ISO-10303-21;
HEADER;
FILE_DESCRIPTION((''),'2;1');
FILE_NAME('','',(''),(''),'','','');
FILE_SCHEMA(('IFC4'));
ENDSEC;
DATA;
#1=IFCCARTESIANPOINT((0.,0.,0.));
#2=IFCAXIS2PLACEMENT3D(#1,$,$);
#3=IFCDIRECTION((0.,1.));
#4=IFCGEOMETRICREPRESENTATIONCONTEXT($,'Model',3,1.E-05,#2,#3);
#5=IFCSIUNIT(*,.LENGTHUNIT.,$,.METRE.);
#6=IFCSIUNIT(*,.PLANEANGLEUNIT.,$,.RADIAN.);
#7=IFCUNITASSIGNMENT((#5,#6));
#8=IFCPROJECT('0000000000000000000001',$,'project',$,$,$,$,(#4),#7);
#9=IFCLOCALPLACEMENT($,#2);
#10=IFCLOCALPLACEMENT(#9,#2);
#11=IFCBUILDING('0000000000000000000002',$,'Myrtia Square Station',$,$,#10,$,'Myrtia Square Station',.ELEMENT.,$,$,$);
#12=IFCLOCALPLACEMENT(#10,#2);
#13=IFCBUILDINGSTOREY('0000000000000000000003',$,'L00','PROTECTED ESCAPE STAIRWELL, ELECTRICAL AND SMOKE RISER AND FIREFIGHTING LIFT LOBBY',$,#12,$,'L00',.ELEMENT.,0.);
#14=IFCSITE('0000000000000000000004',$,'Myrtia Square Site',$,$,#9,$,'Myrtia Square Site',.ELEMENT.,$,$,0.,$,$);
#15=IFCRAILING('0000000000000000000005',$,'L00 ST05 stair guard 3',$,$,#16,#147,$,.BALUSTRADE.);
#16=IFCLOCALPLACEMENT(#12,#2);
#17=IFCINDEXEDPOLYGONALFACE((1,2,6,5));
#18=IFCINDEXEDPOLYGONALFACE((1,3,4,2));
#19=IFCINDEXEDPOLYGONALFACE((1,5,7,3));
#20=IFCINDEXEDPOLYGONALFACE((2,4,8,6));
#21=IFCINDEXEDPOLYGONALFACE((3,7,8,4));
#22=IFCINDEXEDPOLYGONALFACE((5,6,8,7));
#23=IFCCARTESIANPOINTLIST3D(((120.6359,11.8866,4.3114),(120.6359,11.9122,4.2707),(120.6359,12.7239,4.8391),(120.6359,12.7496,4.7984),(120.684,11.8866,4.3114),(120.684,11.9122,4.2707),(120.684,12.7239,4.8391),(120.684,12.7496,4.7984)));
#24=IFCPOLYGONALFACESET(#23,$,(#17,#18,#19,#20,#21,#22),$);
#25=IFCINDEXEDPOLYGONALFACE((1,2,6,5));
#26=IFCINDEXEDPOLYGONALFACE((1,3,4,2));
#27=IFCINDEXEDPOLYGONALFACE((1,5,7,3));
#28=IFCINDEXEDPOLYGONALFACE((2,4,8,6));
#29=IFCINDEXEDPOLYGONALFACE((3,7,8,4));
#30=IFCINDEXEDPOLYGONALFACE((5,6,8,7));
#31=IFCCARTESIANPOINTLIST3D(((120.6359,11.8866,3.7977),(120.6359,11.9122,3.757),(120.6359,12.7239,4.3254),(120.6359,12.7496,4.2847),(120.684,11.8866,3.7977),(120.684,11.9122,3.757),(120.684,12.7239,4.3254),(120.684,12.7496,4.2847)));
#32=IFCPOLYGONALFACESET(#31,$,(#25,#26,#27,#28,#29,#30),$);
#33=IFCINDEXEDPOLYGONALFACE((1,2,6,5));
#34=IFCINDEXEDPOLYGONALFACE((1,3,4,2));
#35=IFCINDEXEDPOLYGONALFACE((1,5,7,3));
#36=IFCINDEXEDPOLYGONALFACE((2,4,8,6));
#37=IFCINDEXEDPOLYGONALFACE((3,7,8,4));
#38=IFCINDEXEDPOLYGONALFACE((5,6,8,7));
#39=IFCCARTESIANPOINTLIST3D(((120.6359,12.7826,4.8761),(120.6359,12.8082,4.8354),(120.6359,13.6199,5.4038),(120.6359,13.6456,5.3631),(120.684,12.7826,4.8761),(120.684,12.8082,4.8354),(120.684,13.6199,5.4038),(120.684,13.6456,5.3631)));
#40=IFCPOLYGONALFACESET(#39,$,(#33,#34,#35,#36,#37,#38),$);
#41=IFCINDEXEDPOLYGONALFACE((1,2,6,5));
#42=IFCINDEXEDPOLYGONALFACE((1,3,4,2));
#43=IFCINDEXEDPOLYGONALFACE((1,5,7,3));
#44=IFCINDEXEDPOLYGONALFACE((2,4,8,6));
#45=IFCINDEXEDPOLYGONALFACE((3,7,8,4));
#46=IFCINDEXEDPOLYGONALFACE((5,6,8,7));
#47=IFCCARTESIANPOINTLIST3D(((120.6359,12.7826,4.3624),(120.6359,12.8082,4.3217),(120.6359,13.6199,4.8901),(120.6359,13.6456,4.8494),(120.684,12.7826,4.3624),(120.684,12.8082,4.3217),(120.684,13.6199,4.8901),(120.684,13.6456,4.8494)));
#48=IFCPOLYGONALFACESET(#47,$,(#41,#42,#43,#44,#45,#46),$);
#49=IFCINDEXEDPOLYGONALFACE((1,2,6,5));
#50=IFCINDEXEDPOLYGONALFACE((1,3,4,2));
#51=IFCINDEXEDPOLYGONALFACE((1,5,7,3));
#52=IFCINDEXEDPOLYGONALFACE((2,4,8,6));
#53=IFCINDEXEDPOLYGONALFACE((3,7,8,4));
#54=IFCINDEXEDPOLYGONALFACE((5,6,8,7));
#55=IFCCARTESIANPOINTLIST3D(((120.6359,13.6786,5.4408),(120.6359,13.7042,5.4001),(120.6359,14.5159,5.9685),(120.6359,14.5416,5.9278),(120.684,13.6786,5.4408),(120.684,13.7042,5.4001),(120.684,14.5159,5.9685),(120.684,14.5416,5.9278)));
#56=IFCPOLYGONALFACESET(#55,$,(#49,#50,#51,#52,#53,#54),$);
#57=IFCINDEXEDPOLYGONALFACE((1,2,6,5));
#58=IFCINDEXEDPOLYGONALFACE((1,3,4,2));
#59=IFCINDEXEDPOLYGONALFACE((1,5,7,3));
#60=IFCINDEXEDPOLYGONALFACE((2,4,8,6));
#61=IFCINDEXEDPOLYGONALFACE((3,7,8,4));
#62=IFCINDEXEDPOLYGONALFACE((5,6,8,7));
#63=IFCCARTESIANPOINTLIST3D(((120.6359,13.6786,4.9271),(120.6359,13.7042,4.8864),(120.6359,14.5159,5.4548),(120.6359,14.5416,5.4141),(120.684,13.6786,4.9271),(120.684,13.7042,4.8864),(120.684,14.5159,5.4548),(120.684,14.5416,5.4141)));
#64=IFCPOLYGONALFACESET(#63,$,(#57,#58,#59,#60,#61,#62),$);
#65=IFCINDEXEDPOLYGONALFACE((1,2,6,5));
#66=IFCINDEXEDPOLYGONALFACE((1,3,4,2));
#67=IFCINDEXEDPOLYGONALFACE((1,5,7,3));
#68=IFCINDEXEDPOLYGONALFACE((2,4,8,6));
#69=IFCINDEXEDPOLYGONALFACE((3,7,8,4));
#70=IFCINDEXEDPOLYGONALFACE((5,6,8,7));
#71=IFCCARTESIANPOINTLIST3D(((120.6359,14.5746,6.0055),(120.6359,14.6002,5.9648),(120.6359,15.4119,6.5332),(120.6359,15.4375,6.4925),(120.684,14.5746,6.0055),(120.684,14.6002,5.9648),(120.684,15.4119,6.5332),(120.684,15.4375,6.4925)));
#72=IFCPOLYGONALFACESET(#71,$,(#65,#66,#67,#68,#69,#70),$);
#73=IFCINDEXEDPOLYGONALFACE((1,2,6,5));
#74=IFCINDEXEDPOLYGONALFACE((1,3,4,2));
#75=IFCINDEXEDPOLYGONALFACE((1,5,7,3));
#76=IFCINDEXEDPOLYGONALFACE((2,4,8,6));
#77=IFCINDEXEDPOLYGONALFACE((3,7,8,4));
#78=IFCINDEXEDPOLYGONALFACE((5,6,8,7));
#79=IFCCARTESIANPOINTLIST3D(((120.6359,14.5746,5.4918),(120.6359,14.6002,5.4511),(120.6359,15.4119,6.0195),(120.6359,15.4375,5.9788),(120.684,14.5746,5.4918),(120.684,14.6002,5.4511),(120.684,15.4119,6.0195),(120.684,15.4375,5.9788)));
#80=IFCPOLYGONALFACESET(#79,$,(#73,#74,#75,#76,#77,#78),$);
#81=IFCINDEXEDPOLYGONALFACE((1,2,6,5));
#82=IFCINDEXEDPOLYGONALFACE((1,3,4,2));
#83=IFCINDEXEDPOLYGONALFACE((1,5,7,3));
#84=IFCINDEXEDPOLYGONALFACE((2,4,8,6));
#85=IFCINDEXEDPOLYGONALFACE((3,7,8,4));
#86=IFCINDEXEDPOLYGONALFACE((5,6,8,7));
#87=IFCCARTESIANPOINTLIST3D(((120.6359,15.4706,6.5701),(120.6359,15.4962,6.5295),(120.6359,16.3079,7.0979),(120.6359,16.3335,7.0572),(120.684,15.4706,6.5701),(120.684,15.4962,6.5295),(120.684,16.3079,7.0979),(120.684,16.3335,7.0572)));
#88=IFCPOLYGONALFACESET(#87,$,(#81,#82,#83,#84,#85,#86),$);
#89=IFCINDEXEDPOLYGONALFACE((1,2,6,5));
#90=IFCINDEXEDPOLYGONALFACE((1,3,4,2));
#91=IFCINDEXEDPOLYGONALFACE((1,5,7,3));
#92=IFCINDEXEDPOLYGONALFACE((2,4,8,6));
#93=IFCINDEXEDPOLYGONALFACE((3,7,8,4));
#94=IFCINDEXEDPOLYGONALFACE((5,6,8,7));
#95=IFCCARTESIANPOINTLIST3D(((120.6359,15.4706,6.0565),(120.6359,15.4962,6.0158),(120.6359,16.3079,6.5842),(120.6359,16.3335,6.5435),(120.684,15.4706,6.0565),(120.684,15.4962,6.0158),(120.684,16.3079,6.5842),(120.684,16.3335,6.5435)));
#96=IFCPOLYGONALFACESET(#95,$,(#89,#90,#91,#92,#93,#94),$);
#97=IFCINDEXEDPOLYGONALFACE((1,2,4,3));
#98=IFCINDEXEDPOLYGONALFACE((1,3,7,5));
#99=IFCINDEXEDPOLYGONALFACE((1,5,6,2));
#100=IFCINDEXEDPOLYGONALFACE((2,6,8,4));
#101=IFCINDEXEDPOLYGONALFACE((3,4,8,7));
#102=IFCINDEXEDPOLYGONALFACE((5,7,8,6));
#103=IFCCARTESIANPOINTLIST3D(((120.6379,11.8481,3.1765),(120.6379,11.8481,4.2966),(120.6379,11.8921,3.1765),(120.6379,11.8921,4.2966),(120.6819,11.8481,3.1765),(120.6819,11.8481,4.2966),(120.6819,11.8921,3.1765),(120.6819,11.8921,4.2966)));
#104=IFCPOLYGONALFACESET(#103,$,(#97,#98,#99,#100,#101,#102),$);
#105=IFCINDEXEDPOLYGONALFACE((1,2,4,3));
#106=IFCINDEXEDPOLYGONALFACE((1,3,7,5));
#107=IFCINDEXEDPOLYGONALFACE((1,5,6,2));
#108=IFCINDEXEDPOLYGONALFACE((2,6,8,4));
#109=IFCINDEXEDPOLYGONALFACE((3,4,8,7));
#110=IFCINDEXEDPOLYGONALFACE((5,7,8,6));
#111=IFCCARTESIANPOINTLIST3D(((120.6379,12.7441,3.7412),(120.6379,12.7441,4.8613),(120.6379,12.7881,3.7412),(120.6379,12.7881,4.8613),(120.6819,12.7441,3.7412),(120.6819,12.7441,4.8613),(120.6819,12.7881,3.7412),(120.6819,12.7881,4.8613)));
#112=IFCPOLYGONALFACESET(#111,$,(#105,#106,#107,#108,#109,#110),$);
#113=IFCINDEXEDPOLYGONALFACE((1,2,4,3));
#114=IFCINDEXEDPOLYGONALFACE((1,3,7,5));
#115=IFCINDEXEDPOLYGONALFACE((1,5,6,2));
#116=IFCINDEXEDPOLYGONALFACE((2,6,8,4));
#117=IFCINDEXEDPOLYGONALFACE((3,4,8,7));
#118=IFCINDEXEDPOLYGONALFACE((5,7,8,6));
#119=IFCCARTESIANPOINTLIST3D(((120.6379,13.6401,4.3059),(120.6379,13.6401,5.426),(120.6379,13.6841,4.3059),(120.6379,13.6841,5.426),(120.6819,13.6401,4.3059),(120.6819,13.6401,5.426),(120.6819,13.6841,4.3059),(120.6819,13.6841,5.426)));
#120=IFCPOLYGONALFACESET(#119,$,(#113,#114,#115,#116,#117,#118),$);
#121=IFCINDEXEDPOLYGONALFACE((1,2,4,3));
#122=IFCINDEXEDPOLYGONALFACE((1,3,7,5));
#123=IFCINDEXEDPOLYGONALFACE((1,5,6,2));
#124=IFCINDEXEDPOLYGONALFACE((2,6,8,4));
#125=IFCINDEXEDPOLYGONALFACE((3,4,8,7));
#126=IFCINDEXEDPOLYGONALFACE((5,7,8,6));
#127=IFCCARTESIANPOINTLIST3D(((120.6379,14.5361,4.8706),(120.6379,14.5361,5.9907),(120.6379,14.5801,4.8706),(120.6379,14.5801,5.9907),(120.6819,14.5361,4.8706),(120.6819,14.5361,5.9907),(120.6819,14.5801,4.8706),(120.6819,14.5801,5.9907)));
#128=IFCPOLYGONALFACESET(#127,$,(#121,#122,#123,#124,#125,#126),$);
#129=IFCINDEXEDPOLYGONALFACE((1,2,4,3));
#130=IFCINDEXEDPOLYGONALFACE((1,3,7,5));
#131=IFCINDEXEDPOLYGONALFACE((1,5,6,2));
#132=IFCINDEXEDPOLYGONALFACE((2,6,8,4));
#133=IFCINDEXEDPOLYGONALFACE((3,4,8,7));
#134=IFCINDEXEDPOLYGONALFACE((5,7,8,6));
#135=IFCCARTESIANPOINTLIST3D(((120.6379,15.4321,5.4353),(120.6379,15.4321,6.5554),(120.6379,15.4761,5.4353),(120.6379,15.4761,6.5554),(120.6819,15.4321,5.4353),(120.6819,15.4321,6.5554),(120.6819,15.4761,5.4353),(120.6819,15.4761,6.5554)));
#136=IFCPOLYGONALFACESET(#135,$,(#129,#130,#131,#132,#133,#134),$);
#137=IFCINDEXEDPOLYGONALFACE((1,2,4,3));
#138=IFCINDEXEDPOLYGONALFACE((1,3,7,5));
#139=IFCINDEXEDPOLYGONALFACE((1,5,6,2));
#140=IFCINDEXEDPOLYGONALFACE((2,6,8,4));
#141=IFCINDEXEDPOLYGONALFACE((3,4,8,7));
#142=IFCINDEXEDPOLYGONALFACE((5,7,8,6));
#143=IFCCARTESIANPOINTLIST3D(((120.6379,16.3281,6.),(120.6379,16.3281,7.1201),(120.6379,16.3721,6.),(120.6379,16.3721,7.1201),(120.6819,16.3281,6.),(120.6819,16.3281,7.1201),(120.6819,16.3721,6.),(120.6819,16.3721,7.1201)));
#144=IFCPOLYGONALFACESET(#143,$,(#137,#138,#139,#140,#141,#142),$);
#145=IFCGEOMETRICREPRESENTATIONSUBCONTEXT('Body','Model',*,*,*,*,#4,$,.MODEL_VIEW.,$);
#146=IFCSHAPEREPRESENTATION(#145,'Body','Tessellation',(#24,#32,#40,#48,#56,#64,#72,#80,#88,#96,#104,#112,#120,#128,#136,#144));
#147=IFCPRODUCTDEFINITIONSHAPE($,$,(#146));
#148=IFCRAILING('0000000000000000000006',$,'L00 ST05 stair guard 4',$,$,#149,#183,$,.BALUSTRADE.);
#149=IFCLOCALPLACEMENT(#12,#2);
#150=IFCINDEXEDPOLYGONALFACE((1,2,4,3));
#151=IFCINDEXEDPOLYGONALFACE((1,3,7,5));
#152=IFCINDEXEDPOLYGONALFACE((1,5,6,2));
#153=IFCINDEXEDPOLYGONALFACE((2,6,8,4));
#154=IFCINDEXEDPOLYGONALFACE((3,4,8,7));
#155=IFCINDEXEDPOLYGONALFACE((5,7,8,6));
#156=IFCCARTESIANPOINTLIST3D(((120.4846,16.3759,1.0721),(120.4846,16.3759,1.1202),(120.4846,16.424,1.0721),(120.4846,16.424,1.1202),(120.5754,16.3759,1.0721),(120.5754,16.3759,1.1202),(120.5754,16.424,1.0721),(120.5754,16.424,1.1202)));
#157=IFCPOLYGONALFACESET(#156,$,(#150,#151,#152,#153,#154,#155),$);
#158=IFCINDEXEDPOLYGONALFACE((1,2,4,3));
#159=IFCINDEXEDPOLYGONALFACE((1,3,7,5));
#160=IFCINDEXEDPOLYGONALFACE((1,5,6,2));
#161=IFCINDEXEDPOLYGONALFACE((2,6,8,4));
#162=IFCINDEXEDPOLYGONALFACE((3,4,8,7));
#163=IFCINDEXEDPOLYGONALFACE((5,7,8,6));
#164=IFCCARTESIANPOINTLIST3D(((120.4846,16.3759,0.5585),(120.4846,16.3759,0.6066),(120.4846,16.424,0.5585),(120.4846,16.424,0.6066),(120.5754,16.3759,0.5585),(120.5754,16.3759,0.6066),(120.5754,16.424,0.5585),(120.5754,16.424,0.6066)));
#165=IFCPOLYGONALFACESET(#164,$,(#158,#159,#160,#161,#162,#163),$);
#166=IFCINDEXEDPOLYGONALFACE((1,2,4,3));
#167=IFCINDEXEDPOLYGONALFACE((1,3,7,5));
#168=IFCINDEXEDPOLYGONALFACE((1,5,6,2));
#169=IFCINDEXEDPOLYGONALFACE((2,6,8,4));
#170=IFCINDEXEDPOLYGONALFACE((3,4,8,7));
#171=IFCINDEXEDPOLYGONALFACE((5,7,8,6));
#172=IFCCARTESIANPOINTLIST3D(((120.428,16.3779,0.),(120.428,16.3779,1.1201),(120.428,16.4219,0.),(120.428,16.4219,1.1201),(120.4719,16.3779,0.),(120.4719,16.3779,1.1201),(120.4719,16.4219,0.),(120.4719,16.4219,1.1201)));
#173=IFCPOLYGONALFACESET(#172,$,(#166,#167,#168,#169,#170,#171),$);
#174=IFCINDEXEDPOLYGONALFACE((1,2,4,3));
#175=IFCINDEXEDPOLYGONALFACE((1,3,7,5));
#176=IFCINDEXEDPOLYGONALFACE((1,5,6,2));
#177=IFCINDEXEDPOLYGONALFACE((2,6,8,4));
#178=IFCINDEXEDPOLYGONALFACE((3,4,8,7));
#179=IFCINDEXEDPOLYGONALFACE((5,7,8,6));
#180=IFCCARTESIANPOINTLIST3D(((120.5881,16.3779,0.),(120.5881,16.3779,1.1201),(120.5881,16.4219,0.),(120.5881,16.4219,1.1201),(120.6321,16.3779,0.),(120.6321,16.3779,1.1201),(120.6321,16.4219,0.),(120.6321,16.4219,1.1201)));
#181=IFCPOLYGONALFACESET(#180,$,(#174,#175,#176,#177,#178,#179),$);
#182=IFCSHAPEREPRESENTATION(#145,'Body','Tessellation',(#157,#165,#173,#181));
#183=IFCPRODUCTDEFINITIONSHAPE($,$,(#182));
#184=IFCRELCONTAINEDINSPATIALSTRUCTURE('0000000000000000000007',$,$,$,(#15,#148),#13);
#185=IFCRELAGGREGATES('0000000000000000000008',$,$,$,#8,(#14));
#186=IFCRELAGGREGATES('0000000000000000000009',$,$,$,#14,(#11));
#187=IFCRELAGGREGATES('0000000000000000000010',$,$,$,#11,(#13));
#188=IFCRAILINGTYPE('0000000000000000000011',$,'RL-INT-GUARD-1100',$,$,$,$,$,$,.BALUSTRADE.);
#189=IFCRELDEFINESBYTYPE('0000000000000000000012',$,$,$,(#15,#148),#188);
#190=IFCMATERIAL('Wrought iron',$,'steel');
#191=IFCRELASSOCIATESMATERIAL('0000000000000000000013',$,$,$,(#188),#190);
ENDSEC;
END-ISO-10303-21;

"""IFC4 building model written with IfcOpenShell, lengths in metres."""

from ifc_helpers import new_model, si_unit, direction, frame, origin, origin_2d, place, context, subcontext, project, spatial, rectangle, extrude, material, type_object, element, save


model = new_model("IFC4")

# Units and contexts
model_context = context("Model", 3, precision=1e-05, world=origin(), true_north=direction((0.0, 1.0)))
body_context = subcontext(model_context, "Body", "Model", "MODEL_VIEW")
ifc_project = project(units=[si_unit("LENGTHUNIT", "METRE"), si_unit("PLANEANGLEUNIT", "RADIAN")], contexts=[model_context])

# Site, building, storey
site_placement = place(None, origin())
site = spatial("IfcSite", under=ifc_project, at=site_placement, Name="Myrtia Square Site", LongName="Myrtia Square Site", CompositionType="ELEMENT", RefElevation=0.0)
building_placement = place(site_placement, origin())
building = spatial("IfcBuilding", under=site, at=building_placement, Name="Myrtia Square Station", LongName="Myrtia Square Station", CompositionType="ELEMENT")
storey_placement = place(building_placement, origin())
storey = spatial("IfcBuildingStorey", under=building, at=storey_placement, Name="L00", Description="PROTECTED ESCAPE STAIRWELL, ELECTRICAL AND SMOKE RISER AND FIREFIGHTING LIFT LOBBY", LongName="L00", CompositionType="ELEMENT", Elevation=0.0)

# Railings
ifc_material_1 = material(Name="Wrought iron", Category="steel")
railing_type_1 = type_object("IfcRailingType", Name="RL-INT-GUARD-1100", PredefinedType="BALUSTRADE", material=ifc_material_1)
railing_1_placement = place(storey_placement, frame((120.6599, 11.8701, 3.1765)))
element("IfcRailing", 1, at=railing_1_placement, inside=storey, type_object=railing_type_1, Name="L00 ST05 stair guard 3", PredefinedType="BALUSTRADE", context=body_context, shape_type="SweptSolid", body=[
    extrude(rectangle(XDim=0.0481, YDim=0.0481, at=origin_2d()), frame((0.0, 0.0293, 1.1145), z_axis=(0.0, 0.845998, 0.533186), x_axis=(-1.0, 0.0, 0.0)), (0.0, 0.0, 1.0), 0.9897),
    extrude(rectangle(XDim=0.0481, YDim=0.0481, at=origin_2d()), frame((0.0, 0.0293, 0.6008), z_axis=(0.0, 0.845998, 0.533186), x_axis=(-1.0, 0.0, 0.0)), (0.0, 0.0, 1.0), 0.9897),
    extrude(rectangle(XDim=0.0481, YDim=0.0481, at=origin_2d()), frame((0.0, 0.9253, 1.6792), z_axis=(0.0, 0.845998, 0.533186), x_axis=(-1.0, 0.0, 0.0)), (0.0, 0.0, 1.0), 0.9897),
    extrude(rectangle(XDim=0.0481, YDim=0.0481, at=origin_2d()), frame((0.0, 0.9253, 1.1655), z_axis=(0.0, 0.845998, 0.533186), x_axis=(-1.0, 0.0, 0.0)), (0.0, 0.0, 1.0), 0.9897),
    extrude(rectangle(XDim=0.0481, YDim=0.0481, at=origin_2d()), frame((0.0, 1.8213, 2.2439), z_axis=(0.0, 0.845998, 0.533186), x_axis=(-1.0, 0.0, 0.0)), (0.0, 0.0, 1.0), 0.9897),
    extrude(rectangle(XDim=0.0481, YDim=0.0481, at=origin_2d()), frame((0.0, 1.8213, 1.7302), z_axis=(0.0, 0.845998, 0.533186), x_axis=(-1.0, 0.0, 0.0)), (0.0, 0.0, 1.0), 0.9897),
    extrude(rectangle(XDim=0.0481, YDim=0.0481, at=origin_2d()), frame((0.0, 2.7173, 2.8086), z_axis=(0.0, 0.845998, 0.533186), x_axis=(-1.0, 0.0, 0.0)), (0.0, 0.0, 1.0), 0.9897),
    extrude(rectangle(XDim=0.0481, YDim=0.0481, at=origin_2d()), frame((0.0, 2.7173, 2.2949), z_axis=(0.0, 0.845998, 0.533186), x_axis=(-1.0, 0.0, 0.0)), (0.0, 0.0, 1.0), 0.9897),
    extrude(rectangle(XDim=0.0481, YDim=0.0481, at=origin_2d()), frame((0.0, 3.6133, 3.3733), z_axis=(0.0, 0.845998, 0.533186), x_axis=(-1.0, 0.0, 0.0)), (0.0, 0.0, 1.0), 0.9897),
    extrude(rectangle(XDim=0.0481, YDim=0.0481, at=origin_2d()), frame((0.0, 3.6133, 2.8596), z_axis=(0.0, 0.845998, 0.533186), x_axis=(-1.0, 0.0, 0.0)), (0.0, 0.0, 1.0), 0.9897),
    extrude(rectangle(XDim=0.0439, YDim=0.0439, at=origin_2d()), origin(), (0.0, 0.0, 1.0), 1.1201),
    extrude(rectangle(XDim=0.0439, YDim=0.0439, at=origin_2d()), frame((0.0, 0.896, 0.5647)), (0.0, 0.0, 1.0), 1.1201),
    extrude(rectangle(XDim=0.0439, YDim=0.0439, at=origin_2d()), frame((0.0, 1.792, 1.1294)), (0.0, 0.0, 1.0), 1.1201),
    extrude(rectangle(XDim=0.0439, YDim=0.0439, at=origin_2d()), frame((0.0, 2.688, 1.6941)), (0.0, 0.0, 1.0), 1.1201),
    extrude(rectangle(XDim=0.0439, YDim=0.0439, at=origin_2d()), frame((0.0, 3.584, 2.2588)), (0.0, 0.0, 1.0), 1.1201),
    extrude(rectangle(XDim=0.0439, YDim=0.0439, at=origin_2d()), frame((0.0, 4.48, 2.8235)), (0.0, 0.0, 1.0), 1.1201),
])
railing_2_placement = place(storey_placement, frame((120.45, 16.3999, 0.0)))
element("IfcRailing", 2, at=railing_2_placement, inside=storey, type_object=railing_type_1, Name="L00 ST05 stair guard 4", PredefinedType="BALUSTRADE", context=body_context, shape_type="SweptSolid", body=[
    extrude(rectangle(XDim=0.0481, YDim=0.0481, at=origin_2d()), frame((0.0347, 0.0, 1.0962), z_axis=(1.0, 0.0, 0.0), x_axis=(0.0, 1.0, 0.0)), (0.0, 0.0, 1.0), 0.0908),
    extrude(rectangle(XDim=0.0481, YDim=0.0481, at=origin_2d()), frame((0.0347, 0.0, 0.5825), z_axis=(1.0, 0.0, 0.0), x_axis=(0.0, 1.0, 0.0)), (0.0, 0.0, 1.0), 0.0908),
    extrude(rectangle(XDim=0.0439, YDim=0.0439, at=origin_2d()), origin(), (0.0, 0.0, 1.0), 1.1201),
    extrude(rectangle(XDim=0.0439, YDim=0.0439, at=origin_2d()), frame((0.1602, 0.0, 0.0)), (0.0, 0.0, 1.0), 1.1201),
])

save(model, "model.ifc")
